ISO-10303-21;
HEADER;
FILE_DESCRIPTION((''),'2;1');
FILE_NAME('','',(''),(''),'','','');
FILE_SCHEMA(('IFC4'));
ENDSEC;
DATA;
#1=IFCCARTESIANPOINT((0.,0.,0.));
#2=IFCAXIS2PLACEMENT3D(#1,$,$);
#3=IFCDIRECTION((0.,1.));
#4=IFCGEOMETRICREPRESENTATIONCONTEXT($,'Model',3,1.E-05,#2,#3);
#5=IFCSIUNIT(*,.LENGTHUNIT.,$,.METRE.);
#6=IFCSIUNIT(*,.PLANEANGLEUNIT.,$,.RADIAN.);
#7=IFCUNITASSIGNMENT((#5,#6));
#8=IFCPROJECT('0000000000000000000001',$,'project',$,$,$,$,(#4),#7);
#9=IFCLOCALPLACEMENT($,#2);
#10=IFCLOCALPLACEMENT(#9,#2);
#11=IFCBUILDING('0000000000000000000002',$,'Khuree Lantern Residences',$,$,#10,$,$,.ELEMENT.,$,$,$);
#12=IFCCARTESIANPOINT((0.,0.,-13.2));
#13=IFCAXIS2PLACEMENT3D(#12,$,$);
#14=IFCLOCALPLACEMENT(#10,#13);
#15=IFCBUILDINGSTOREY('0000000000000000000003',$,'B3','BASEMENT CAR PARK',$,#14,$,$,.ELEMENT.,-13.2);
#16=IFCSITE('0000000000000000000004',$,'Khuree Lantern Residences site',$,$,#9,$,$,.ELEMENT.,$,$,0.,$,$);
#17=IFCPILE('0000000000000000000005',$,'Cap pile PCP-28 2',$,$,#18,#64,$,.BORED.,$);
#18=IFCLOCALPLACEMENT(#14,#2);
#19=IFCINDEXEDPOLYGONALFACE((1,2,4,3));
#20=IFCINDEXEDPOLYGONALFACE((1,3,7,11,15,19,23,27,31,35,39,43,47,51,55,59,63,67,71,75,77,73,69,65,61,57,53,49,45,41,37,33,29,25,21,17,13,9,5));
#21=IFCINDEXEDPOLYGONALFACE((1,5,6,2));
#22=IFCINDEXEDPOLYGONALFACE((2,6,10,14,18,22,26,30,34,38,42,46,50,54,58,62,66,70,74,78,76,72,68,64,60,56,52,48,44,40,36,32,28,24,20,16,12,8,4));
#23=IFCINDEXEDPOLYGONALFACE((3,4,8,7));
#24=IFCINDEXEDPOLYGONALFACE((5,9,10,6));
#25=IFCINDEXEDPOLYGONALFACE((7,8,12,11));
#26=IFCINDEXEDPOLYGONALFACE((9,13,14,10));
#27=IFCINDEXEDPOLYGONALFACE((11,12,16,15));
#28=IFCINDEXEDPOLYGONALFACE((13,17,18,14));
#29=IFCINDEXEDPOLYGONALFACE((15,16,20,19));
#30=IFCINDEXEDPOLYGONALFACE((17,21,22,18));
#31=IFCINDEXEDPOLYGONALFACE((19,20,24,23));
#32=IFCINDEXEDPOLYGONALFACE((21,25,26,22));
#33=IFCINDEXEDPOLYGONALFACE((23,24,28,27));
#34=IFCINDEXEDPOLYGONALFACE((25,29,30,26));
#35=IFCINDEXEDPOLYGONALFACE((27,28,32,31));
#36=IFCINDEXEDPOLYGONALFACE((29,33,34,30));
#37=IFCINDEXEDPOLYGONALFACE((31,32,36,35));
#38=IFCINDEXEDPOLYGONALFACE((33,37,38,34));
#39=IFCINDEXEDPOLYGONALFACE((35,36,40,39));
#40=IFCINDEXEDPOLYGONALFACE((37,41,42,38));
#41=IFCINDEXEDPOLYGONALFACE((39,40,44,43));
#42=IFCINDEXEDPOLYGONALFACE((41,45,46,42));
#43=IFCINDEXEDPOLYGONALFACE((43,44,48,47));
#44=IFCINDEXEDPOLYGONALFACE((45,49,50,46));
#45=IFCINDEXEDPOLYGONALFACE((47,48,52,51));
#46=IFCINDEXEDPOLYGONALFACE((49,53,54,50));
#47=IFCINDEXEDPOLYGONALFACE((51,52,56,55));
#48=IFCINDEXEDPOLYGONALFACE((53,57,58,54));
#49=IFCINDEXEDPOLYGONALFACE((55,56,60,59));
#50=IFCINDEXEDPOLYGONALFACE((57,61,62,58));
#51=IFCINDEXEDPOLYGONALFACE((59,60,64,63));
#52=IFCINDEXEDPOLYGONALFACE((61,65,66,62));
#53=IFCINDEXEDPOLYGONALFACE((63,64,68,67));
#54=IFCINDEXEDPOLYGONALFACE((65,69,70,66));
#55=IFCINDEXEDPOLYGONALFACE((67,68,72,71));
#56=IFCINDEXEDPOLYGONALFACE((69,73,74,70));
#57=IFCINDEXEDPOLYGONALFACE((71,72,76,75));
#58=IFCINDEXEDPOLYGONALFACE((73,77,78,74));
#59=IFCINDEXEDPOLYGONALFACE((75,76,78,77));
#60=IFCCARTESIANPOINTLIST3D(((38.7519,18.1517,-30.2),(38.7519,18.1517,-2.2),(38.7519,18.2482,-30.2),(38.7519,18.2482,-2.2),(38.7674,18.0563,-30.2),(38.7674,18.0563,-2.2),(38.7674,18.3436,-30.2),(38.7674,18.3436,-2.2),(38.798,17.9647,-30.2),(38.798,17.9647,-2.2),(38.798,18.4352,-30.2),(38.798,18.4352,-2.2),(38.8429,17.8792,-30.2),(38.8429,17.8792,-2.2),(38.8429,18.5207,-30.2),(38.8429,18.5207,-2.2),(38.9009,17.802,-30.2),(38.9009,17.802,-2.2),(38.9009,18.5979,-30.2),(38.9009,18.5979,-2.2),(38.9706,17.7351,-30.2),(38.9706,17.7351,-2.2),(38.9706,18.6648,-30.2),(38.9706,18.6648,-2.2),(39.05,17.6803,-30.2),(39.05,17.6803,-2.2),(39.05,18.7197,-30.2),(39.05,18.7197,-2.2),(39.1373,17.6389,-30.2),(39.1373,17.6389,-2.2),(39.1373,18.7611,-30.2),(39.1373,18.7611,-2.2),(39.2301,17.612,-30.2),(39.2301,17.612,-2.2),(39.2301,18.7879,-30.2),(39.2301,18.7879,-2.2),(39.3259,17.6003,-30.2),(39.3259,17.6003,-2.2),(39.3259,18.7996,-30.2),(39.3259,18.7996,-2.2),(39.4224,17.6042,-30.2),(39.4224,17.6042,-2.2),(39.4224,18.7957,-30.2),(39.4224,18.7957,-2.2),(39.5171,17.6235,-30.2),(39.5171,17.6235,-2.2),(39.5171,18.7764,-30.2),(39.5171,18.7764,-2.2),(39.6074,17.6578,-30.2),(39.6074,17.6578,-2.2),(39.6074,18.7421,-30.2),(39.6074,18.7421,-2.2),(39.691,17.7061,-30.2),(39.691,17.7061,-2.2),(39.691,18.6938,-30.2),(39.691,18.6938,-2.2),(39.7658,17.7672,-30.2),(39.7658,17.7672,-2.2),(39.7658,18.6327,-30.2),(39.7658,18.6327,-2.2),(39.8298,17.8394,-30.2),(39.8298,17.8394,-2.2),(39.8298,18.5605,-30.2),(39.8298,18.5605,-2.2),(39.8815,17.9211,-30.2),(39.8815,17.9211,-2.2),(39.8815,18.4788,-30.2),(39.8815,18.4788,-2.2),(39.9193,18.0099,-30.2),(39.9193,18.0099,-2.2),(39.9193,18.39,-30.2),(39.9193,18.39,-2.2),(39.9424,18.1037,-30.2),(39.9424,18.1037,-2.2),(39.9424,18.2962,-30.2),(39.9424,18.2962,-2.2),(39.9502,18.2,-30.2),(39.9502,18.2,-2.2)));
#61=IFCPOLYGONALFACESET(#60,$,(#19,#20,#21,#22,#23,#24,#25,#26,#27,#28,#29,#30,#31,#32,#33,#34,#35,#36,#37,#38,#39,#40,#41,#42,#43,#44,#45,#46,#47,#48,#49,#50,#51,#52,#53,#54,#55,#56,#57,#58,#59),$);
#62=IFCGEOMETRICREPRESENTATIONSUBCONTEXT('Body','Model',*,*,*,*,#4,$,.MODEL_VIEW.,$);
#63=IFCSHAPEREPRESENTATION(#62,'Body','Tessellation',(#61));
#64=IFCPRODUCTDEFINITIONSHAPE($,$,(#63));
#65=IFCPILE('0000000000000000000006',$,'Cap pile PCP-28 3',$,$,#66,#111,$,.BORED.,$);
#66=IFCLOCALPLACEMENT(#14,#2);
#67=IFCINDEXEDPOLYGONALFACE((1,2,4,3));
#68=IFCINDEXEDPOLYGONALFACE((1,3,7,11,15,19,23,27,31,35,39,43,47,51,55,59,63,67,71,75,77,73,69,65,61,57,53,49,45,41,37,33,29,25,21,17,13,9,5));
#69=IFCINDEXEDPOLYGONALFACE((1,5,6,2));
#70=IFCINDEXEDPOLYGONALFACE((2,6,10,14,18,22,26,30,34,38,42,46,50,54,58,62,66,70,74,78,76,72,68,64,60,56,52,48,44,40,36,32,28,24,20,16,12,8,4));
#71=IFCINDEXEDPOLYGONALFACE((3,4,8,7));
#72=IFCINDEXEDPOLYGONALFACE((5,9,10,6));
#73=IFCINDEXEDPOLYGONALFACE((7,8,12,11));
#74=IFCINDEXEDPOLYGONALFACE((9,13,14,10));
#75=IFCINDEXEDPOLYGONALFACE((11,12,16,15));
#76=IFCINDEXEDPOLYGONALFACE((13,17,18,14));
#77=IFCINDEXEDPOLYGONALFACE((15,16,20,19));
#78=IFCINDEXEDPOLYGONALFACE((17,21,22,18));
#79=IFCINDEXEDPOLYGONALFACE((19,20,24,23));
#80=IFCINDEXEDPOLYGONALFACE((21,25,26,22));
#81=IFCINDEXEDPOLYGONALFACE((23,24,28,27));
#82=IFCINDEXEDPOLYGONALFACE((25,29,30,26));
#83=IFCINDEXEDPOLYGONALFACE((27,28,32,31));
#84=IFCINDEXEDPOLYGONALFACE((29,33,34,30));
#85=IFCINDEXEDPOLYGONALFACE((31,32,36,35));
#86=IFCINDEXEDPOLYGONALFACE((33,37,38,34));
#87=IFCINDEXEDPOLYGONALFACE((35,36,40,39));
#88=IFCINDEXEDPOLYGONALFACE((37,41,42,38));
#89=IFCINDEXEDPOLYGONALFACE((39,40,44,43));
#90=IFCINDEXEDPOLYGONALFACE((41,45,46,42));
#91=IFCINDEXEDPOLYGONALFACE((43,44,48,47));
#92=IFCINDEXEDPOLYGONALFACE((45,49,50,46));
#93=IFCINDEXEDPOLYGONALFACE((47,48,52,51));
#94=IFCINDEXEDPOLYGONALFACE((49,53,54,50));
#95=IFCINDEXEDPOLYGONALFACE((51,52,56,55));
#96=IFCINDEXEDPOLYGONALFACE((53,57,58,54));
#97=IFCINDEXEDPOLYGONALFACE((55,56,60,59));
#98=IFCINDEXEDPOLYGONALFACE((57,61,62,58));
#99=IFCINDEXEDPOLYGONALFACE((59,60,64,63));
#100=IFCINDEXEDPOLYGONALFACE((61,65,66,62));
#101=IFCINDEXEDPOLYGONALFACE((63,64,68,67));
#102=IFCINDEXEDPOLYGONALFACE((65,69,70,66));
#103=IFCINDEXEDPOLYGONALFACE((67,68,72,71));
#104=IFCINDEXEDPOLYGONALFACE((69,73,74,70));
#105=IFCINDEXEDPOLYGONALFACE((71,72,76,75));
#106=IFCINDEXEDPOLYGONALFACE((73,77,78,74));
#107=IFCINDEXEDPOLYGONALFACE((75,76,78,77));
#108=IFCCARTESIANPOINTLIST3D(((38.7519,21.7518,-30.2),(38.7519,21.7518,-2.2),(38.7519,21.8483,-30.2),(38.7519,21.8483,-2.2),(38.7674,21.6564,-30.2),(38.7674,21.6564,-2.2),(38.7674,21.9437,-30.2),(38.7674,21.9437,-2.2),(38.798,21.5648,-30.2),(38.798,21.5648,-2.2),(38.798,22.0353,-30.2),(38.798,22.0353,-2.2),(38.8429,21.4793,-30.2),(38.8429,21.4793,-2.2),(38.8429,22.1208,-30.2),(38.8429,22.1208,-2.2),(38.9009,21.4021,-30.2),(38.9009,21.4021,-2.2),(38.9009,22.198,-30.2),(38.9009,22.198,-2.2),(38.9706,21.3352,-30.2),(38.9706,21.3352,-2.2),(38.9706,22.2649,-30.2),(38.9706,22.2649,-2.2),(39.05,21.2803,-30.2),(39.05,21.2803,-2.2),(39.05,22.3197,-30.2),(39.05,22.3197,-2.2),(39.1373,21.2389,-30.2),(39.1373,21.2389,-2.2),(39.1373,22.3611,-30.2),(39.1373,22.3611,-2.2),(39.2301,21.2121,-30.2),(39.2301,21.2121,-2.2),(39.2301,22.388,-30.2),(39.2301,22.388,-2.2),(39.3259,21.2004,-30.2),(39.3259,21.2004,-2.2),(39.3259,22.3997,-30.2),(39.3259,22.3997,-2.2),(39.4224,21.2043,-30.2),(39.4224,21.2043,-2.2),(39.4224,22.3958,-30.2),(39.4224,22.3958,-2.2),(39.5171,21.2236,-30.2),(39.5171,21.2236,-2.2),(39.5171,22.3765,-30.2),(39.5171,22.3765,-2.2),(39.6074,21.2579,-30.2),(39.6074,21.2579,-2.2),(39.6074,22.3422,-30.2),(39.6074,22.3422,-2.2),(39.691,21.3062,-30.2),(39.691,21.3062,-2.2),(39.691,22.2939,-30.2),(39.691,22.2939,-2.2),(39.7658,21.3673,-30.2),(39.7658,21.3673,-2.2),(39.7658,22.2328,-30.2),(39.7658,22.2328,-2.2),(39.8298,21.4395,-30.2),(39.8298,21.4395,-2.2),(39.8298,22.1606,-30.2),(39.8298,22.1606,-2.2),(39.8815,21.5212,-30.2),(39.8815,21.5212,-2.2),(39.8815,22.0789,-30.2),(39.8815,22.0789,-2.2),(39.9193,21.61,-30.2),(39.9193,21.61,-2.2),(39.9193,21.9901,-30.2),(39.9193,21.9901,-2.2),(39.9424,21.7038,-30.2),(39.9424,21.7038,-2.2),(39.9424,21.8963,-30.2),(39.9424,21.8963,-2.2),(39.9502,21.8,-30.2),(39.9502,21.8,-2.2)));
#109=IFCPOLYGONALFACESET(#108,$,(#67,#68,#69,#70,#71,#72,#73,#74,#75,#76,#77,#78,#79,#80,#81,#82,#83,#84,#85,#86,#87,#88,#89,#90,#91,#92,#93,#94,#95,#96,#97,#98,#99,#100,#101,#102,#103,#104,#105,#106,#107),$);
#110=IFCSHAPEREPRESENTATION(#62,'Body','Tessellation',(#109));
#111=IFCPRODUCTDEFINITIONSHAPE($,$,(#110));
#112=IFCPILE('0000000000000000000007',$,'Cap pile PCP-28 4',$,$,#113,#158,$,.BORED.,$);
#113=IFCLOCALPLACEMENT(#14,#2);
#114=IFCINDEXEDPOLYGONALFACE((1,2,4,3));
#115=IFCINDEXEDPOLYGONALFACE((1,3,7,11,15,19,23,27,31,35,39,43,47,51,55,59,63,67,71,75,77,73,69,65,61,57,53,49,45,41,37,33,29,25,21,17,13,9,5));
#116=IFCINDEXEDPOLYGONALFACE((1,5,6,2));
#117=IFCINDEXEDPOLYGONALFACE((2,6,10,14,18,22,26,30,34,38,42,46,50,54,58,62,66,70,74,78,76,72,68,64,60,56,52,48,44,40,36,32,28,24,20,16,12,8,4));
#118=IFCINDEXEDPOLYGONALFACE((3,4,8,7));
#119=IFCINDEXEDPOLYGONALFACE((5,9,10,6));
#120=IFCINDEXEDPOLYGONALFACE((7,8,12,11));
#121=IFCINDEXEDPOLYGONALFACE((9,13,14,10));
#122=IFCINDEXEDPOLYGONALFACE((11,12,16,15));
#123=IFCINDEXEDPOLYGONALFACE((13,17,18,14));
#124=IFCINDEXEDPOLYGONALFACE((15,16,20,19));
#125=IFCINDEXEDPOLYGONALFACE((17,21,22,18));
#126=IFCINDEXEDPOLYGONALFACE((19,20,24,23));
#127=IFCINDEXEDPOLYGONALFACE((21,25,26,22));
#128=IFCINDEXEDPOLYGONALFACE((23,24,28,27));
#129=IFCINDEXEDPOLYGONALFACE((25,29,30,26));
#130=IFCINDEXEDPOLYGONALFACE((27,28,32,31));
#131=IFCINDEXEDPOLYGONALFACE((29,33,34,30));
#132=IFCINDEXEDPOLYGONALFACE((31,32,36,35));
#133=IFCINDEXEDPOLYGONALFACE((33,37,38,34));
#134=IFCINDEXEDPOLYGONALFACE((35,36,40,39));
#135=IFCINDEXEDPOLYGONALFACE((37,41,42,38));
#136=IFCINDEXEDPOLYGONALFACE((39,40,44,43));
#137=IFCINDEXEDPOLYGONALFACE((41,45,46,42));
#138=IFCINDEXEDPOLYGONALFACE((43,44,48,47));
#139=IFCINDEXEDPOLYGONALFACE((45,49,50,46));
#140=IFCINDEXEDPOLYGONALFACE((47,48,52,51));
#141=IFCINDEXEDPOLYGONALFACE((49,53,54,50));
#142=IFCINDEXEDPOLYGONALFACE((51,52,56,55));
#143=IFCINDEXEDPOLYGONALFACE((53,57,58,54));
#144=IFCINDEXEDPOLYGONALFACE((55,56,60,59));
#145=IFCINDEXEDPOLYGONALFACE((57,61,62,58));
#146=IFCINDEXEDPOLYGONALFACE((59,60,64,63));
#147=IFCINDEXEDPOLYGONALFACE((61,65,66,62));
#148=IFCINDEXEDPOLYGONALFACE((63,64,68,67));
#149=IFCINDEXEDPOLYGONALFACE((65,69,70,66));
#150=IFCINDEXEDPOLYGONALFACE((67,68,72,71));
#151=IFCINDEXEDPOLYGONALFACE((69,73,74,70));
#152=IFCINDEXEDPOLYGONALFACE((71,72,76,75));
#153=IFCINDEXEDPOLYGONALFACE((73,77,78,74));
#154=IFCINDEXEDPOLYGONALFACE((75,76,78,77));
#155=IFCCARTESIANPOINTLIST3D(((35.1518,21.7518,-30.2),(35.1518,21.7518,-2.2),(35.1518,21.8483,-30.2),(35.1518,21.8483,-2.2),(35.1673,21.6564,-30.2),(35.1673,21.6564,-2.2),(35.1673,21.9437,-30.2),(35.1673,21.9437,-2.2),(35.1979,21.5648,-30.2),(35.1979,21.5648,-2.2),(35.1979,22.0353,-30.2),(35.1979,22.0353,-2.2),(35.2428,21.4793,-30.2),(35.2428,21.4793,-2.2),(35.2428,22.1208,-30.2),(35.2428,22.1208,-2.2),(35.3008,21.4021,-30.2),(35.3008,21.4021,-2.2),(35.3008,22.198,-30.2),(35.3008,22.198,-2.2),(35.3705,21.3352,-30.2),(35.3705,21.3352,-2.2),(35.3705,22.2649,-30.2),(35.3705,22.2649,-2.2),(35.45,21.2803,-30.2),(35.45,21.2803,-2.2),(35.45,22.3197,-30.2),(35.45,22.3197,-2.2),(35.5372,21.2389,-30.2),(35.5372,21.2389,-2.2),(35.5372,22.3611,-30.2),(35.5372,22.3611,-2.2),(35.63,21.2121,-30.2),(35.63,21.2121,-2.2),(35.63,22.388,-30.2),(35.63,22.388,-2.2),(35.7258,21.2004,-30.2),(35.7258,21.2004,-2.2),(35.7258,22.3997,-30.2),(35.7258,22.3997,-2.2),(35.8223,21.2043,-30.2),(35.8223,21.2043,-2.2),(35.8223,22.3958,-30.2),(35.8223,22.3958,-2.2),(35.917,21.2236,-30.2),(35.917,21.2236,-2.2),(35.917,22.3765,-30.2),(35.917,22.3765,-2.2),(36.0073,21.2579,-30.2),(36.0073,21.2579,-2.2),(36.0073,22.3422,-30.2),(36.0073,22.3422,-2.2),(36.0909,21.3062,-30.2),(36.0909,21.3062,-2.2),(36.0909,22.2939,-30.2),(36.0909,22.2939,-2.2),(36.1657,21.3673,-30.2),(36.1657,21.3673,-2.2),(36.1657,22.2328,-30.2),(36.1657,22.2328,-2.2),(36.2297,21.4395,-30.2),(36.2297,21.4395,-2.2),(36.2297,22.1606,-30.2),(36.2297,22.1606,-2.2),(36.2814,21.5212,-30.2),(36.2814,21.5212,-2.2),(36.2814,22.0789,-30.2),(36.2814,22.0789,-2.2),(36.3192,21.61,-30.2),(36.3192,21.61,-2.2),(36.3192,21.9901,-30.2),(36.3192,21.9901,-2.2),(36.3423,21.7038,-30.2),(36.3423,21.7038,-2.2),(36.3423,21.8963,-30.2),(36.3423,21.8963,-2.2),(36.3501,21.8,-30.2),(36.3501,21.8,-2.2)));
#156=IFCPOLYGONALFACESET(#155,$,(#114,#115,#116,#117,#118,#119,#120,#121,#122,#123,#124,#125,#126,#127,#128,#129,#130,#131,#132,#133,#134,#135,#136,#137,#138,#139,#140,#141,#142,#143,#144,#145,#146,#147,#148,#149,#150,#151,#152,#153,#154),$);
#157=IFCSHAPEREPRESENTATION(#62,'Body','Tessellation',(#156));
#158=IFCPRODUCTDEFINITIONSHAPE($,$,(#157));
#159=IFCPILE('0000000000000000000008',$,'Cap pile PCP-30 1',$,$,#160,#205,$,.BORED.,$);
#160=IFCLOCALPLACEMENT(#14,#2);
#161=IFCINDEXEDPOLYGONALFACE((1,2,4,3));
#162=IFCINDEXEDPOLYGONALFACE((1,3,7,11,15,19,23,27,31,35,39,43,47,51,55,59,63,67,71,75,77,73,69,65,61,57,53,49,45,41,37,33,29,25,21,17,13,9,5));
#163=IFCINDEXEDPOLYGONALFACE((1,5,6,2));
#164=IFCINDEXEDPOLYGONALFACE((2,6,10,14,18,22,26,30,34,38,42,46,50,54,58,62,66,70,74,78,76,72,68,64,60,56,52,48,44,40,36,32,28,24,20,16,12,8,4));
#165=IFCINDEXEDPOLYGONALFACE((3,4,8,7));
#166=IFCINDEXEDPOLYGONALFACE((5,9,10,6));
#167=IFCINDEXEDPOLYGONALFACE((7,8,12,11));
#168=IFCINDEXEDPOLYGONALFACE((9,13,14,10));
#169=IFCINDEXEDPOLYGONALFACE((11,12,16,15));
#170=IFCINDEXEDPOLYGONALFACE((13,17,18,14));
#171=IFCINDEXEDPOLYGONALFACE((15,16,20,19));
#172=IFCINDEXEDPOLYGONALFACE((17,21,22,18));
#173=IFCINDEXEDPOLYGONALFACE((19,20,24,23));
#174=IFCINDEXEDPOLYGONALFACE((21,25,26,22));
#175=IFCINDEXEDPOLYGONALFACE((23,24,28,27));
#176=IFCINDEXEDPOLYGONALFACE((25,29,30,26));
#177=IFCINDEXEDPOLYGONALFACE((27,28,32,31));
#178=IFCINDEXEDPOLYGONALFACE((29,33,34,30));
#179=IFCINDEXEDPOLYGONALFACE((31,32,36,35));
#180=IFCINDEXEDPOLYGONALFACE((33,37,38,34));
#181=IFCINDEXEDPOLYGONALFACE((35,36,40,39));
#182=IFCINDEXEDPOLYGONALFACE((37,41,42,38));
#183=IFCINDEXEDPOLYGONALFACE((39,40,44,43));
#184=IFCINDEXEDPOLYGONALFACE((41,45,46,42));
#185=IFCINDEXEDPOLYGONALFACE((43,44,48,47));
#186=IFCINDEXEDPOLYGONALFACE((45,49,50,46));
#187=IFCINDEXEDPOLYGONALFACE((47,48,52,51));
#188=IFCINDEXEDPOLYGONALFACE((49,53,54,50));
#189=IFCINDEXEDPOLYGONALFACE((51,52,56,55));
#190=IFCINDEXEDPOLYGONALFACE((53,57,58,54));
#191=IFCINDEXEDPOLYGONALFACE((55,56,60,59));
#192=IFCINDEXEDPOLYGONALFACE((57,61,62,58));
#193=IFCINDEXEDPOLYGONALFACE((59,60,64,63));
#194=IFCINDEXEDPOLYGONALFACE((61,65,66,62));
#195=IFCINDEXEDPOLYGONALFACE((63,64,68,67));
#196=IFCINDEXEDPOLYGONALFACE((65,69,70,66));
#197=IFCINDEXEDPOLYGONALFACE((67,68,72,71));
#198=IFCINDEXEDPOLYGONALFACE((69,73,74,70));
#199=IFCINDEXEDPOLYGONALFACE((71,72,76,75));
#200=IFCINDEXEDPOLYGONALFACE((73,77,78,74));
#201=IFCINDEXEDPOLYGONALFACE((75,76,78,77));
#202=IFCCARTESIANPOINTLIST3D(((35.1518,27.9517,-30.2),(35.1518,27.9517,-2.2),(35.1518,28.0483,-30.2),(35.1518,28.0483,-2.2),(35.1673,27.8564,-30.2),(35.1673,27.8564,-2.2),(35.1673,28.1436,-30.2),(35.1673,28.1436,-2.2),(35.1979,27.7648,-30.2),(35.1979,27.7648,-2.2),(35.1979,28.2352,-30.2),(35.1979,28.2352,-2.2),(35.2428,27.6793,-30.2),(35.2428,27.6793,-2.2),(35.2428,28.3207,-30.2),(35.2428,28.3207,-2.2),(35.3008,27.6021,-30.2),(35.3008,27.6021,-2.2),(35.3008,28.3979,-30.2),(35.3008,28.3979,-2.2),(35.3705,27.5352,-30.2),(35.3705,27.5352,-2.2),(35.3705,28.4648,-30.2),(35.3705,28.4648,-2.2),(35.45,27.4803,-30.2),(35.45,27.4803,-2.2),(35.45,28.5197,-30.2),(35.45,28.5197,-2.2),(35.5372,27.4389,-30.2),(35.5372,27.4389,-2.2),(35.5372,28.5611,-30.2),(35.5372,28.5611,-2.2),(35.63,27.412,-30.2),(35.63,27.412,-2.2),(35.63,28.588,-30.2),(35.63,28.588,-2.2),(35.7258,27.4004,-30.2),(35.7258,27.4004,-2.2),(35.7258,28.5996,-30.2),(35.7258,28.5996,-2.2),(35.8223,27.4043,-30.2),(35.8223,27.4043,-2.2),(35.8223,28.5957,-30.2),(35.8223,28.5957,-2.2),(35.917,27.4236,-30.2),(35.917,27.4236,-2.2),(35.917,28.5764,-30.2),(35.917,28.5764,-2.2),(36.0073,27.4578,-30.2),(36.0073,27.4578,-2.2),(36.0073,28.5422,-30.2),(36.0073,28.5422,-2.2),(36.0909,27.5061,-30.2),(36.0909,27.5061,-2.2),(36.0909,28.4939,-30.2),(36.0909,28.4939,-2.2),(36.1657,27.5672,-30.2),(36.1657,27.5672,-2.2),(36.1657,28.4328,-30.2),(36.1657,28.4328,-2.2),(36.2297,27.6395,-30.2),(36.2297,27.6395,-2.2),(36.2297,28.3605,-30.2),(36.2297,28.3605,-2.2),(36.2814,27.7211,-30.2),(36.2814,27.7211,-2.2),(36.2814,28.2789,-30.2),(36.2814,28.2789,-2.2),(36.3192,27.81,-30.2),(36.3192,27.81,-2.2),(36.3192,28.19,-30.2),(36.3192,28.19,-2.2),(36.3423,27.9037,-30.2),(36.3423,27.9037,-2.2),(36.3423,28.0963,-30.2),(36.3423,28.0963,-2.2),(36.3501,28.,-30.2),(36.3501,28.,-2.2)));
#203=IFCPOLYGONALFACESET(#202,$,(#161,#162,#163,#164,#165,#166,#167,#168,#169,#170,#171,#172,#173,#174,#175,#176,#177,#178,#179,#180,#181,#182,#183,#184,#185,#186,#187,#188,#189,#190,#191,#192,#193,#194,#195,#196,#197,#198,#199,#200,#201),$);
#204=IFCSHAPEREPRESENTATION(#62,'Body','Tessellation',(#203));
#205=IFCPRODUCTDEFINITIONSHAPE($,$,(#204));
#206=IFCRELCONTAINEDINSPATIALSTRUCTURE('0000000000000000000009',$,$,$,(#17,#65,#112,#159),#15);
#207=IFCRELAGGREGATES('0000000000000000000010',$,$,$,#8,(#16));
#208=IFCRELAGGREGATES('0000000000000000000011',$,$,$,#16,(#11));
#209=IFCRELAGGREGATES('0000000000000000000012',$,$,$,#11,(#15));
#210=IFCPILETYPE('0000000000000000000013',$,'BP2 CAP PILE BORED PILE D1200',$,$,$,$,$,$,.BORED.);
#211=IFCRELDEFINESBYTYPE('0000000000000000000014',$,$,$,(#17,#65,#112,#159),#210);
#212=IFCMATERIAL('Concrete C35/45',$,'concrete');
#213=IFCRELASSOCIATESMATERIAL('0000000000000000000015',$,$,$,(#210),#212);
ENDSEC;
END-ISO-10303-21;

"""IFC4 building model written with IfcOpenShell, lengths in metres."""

from ifc_helpers import new_model, si_unit, direction, frame, origin, origin_2d, place, context, subcontext, project, spatial, circle, extrude, material, material_profile, profile_set, type_object, element, save


model = new_model("IFC4")

# Units and contexts
model_context = context("Model", 3, precision=1e-05, world=origin(), true_north=direction((0.0, 1.0)))
body_context = subcontext(model_context, "Body", "Model", "MODEL_VIEW")
ifc_project = project(units=[si_unit("LENGTHUNIT", "METRE"), si_unit("PLANEANGLEUNIT", "RADIAN")], contexts=[model_context])

# Site, building, storey
site_placement = place(None, origin())
site = spatial("IfcSite", under=ifc_project, at=site_placement, Name="Khuree Lantern Residences site", CompositionType="ELEMENT", RefElevation=0.0)
building_placement = place(site_placement, origin())
building = spatial("IfcBuilding", under=site, at=building_placement, Name="Khuree Lantern Residences", CompositionType="ELEMENT")
storey_placement = place(building_placement, frame((0.0, 0.0, -13.2)))
storey = spatial("IfcBuildingStorey", under=building, at=storey_placement, Name="B3", Description="BASEMENT CAR PARK", CompositionType="ELEMENT", Elevation=-13.2)

# Piles
ifc_material_1 = material(Name="Concrete C35/45", Category="concrete")
ifc_material_profile_1 = material_profile(ifc_material_1, circle(Radius=0.6001, at=origin_2d()), Name="BORED PILE D1200")
ifc_profile_set_1 = profile_set([ifc_material_profile_1], Name="Concrete C35/45")
pile_type_1 = type_object("IfcPileType", Name="BP2 CAP PILE BORED PILE D1200", PredefinedType="BORED", material=ifc_profile_set_1)
for number, where, z_axis, x_axis, name in (
    (1, (39.3501, 18.2, -2.2), (0.0, 0.0, -1.0), (1.0, 0.0, 0.0), "Cap pile PCP-28 2"),
    (2, (39.3501, 21.8, -2.2), (0.0, 0.0, -1.0), (1.0, 0.0, 0.0), "Cap pile PCP-28 3"),
    (3, (35.75, 21.8, -2.2), (0.0, 0.0, -1.0), (1.0, 0.0, 0.0), "Cap pile PCP-28 4"),
    (4, (35.75, 28.0, -2.2), (0.0, 0.0, -1.0), (1.0, 0.0, 0.0), "Cap pile PCP-30 1"),
):
    element("IfcPile", number, at=place(storey_placement, frame(where, z_axis=z_axis, x_axis=x_axis)), inside=storey, type_object=pile_type_1, Name=name, PredefinedType="BORED", context=body_context, shape_type="SweptSolid", body=[
        extrude(circle(Radius=0.6001, at=origin_2d()), origin(), (0.0, 0.0, 1.0), 28.0),
    ])

save(model, "model.ifc")
